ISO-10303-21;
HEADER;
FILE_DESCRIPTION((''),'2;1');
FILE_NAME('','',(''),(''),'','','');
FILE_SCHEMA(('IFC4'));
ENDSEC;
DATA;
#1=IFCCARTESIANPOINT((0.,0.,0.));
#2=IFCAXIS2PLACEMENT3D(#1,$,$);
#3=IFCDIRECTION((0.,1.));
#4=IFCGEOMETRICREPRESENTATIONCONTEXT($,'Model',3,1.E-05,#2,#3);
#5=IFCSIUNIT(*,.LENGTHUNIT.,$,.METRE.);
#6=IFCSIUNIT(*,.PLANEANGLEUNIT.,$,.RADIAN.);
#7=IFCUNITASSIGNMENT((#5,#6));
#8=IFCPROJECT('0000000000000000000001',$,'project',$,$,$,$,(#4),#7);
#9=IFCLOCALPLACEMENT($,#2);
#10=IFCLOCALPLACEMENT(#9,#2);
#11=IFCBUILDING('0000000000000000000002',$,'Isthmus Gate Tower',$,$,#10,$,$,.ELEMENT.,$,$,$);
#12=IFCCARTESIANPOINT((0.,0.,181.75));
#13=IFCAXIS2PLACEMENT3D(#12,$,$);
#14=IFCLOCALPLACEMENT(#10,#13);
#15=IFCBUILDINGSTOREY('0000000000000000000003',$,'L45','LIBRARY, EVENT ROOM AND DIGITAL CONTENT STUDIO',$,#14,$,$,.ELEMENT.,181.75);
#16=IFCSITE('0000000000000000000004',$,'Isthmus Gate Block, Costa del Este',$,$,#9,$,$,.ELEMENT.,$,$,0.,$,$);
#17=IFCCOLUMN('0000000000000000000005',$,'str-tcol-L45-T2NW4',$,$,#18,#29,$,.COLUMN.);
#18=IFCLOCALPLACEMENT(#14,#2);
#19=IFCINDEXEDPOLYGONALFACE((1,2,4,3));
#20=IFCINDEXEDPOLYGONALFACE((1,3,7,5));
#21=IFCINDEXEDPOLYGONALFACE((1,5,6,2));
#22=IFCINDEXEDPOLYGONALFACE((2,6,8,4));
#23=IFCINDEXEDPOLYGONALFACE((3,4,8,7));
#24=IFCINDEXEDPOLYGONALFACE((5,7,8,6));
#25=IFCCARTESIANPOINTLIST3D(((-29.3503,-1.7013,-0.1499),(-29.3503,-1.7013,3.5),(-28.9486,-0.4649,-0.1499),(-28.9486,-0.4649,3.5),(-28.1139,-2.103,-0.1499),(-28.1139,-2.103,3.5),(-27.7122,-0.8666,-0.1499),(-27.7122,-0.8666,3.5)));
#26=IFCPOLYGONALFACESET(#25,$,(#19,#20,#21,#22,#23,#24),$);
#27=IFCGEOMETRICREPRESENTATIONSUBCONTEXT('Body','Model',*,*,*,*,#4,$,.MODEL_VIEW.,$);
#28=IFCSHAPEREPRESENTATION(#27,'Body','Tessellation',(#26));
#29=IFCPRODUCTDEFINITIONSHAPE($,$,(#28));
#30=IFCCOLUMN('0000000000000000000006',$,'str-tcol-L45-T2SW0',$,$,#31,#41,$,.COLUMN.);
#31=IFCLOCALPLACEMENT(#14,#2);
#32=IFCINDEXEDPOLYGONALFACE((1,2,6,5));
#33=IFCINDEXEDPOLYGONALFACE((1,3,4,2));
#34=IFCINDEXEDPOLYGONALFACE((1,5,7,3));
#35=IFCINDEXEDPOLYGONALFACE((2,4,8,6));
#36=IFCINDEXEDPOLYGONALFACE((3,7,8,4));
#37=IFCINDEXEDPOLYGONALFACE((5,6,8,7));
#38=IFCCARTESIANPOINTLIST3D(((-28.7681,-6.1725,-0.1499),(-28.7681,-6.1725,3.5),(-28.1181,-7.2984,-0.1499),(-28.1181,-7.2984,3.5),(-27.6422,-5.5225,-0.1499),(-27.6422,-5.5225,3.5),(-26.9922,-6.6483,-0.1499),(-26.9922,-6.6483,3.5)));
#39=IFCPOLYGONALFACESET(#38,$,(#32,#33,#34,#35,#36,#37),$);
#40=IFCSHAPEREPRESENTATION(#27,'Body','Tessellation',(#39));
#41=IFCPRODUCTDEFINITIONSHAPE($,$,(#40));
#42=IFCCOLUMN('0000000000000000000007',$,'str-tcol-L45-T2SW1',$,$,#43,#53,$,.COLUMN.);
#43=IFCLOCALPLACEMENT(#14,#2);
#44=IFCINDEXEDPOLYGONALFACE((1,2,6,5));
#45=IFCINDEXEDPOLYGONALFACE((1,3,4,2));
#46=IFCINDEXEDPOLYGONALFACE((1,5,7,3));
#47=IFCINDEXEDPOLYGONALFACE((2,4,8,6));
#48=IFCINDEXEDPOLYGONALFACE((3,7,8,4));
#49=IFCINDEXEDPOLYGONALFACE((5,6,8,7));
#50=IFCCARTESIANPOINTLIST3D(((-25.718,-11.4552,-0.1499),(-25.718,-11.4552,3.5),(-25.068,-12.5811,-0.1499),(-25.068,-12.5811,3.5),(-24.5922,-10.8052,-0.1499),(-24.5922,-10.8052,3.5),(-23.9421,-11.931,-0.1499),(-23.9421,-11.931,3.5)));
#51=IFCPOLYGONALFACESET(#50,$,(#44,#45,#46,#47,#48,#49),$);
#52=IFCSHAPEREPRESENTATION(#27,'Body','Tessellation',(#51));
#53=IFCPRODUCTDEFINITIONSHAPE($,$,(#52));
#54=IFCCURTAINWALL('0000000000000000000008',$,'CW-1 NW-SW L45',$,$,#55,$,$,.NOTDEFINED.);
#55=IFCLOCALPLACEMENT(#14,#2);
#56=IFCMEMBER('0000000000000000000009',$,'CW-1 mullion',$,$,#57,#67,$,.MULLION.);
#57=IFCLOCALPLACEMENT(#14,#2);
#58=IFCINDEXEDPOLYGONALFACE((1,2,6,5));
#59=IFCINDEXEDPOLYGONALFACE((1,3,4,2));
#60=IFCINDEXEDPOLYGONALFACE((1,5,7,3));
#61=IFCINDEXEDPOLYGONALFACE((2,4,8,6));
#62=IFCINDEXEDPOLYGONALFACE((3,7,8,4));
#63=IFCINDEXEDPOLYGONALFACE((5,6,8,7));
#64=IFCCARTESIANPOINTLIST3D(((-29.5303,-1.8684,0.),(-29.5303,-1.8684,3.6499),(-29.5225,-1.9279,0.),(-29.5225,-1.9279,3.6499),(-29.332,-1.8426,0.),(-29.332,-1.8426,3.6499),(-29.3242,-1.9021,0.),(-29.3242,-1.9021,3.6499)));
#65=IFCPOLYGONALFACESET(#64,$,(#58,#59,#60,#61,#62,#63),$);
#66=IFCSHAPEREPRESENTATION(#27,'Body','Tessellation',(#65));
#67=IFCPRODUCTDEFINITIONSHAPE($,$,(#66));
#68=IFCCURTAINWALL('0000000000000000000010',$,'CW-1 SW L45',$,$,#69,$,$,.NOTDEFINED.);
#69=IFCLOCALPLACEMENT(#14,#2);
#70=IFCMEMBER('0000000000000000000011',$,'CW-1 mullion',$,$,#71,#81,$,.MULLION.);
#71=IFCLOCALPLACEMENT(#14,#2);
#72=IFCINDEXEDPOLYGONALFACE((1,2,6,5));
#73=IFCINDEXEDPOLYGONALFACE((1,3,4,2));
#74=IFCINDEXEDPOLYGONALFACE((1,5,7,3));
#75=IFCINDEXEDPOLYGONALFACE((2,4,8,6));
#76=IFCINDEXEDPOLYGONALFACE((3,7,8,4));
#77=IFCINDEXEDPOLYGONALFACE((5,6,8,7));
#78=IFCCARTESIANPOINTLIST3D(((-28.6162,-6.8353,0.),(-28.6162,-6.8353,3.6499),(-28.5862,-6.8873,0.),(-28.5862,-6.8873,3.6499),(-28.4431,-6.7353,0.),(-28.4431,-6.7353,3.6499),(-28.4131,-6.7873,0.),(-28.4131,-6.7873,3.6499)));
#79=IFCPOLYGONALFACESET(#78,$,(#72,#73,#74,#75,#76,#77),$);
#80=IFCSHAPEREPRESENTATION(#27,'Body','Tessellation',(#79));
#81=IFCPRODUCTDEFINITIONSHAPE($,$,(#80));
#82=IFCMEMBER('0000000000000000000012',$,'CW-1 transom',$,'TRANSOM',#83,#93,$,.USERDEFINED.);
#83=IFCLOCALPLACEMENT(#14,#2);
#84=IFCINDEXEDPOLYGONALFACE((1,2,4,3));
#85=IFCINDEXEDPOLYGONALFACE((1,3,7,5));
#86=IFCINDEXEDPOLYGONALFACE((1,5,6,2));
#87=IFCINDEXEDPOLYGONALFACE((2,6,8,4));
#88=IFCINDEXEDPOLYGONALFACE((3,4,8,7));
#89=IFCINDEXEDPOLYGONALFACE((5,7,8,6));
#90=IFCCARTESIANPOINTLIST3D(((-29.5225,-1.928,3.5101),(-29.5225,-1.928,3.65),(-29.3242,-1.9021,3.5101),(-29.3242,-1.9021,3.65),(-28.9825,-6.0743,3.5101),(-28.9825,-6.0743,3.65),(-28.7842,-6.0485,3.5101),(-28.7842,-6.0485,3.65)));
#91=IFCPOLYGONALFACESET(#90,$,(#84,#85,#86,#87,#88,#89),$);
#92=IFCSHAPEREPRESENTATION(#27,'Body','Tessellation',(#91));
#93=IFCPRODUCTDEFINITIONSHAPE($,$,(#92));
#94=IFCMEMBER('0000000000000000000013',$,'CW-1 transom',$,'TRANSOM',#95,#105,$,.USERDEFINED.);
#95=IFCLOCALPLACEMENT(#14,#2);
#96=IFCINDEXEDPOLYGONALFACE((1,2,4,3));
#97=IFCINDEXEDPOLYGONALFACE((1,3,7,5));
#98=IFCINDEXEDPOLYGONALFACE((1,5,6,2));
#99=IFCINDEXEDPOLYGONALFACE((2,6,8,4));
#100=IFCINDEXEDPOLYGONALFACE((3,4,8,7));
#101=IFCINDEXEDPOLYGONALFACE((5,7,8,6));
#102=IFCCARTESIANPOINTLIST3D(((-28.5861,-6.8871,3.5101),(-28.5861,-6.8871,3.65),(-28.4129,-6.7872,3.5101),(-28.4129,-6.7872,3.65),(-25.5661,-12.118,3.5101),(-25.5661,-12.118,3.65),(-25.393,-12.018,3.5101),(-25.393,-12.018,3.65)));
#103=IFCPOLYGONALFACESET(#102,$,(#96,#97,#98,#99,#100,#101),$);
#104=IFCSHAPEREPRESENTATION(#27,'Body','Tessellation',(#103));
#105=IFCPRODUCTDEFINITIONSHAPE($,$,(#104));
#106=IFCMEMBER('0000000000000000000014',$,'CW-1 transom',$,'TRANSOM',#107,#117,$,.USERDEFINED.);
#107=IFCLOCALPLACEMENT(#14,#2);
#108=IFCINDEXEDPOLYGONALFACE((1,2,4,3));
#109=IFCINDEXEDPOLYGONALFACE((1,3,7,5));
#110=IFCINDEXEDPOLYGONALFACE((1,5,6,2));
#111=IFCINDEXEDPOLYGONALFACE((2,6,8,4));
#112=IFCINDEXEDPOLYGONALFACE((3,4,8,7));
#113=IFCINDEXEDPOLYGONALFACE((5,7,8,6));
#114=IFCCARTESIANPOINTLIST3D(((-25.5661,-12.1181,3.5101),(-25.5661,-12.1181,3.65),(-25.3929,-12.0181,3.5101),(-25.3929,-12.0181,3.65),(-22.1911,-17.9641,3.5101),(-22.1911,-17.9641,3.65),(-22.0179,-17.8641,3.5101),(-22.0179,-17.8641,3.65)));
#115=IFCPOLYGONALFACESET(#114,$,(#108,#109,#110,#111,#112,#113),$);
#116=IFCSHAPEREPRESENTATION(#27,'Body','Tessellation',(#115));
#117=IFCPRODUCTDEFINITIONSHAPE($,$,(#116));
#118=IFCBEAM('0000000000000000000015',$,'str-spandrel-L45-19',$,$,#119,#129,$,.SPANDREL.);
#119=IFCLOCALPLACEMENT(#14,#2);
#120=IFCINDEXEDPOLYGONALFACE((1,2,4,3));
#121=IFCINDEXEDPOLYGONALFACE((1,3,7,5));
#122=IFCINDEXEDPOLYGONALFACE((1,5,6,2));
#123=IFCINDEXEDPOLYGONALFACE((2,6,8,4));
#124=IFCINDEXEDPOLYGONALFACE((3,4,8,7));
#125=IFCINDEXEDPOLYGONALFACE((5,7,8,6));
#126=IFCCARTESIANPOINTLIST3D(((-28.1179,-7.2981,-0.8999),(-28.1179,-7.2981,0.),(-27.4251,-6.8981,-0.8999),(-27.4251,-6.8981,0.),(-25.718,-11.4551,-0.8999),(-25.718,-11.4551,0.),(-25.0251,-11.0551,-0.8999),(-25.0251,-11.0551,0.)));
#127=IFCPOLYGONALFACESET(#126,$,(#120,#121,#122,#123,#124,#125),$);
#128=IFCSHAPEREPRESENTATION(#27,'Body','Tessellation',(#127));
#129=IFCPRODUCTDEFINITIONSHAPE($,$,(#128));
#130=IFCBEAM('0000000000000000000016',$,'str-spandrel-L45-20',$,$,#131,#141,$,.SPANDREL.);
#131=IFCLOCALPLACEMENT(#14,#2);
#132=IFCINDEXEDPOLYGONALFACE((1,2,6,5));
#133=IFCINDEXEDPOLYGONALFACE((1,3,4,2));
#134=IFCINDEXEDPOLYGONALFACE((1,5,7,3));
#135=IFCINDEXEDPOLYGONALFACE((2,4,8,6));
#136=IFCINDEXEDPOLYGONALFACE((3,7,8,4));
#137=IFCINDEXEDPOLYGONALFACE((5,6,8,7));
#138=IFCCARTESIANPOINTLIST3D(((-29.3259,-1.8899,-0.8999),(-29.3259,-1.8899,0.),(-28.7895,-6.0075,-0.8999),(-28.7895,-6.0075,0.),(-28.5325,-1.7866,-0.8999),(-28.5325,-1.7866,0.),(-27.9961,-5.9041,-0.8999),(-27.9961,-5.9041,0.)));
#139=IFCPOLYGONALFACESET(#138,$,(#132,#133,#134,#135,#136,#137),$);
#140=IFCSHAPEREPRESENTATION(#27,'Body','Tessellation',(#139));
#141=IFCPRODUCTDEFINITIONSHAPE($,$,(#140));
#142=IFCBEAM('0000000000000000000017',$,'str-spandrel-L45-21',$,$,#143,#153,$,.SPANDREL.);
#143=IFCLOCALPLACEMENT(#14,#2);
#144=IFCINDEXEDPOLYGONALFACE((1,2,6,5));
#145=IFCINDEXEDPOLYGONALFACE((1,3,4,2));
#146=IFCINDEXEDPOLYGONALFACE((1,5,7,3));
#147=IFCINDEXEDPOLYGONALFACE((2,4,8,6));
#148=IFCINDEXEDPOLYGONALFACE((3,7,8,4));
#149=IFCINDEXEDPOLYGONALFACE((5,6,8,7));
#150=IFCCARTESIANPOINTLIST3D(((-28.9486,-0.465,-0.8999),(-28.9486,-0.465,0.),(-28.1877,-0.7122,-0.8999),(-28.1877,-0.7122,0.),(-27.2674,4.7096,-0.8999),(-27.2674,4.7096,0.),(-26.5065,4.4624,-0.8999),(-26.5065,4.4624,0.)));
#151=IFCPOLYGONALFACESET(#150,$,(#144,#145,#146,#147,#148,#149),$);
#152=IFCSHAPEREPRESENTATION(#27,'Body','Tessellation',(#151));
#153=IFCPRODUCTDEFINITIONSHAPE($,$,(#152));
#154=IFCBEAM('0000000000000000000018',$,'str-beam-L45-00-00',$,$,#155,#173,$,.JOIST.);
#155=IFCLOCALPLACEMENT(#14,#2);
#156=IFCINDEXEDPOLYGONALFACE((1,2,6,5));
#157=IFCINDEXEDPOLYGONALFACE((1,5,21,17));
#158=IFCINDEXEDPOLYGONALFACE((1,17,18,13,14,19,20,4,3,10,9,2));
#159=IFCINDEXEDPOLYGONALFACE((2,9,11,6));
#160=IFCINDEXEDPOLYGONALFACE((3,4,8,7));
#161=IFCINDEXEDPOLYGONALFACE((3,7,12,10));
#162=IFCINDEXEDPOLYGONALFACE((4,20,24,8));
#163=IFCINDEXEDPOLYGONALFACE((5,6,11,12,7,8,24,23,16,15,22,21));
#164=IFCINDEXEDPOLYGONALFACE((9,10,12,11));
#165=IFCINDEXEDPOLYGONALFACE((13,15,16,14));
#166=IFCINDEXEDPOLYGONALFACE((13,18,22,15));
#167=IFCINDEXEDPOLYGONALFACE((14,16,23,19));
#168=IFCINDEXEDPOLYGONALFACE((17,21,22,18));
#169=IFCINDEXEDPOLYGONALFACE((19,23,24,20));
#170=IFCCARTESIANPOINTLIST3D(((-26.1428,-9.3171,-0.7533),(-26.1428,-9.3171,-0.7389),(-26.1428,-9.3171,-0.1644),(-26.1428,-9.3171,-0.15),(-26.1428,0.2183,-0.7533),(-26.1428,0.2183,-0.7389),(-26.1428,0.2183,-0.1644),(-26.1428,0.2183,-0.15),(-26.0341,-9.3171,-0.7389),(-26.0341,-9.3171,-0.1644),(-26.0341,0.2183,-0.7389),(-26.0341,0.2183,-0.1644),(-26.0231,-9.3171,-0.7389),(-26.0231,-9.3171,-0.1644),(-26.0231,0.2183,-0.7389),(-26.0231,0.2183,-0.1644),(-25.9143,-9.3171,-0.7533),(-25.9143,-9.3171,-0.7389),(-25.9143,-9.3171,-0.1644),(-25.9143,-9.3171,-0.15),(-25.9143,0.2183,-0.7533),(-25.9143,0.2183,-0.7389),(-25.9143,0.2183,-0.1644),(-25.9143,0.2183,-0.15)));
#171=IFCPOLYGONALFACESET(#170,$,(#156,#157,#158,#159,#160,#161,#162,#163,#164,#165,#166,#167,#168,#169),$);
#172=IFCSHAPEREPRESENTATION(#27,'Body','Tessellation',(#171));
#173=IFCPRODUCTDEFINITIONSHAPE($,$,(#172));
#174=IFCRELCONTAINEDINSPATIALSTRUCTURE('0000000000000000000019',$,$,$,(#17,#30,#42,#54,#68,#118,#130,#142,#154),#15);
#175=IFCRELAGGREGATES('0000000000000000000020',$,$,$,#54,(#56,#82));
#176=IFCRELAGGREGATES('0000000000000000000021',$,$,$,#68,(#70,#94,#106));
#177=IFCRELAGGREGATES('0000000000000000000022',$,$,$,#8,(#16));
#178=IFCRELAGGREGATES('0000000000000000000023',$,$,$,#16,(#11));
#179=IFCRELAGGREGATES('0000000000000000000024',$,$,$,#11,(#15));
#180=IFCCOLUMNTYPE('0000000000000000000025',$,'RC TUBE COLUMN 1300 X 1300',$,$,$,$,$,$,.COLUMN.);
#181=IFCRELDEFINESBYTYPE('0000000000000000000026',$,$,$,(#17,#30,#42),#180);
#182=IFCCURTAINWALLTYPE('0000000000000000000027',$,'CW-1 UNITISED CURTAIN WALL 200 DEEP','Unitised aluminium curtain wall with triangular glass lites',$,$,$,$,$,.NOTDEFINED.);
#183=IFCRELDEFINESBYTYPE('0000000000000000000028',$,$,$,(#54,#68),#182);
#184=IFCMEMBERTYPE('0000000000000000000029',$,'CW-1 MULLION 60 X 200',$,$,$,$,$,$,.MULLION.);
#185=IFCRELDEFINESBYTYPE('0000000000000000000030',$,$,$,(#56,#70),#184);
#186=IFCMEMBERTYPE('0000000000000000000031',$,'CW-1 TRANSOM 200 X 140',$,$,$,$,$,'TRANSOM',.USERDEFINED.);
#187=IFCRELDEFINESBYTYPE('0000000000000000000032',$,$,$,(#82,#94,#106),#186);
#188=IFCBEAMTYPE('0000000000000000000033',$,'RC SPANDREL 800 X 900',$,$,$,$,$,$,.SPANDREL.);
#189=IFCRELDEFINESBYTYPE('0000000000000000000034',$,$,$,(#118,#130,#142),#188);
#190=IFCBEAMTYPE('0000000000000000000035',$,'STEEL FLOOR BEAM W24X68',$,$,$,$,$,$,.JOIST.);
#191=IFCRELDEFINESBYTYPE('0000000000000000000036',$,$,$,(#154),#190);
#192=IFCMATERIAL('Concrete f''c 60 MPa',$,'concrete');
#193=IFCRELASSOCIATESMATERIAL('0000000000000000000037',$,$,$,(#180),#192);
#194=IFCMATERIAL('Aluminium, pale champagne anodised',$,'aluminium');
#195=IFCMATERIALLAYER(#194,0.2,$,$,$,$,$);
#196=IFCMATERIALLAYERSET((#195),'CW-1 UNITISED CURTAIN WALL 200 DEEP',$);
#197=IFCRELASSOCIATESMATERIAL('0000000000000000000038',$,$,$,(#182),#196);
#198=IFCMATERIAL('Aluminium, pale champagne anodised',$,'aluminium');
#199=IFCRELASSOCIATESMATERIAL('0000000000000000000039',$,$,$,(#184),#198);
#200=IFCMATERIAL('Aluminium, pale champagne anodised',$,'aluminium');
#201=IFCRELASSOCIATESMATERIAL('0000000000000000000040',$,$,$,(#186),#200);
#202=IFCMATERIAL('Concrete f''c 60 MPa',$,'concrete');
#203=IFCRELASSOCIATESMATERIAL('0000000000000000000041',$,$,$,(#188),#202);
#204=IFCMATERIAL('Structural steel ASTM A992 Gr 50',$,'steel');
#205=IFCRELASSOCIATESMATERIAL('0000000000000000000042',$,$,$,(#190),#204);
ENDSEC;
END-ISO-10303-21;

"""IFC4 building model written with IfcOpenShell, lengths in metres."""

from ifc_helpers import new_model, si_unit, direction, frame, origin, origin_2d, place, context, subcontext, project, spatial, rectangle, i_section, extrude, material, layer, layer_set, material_profile, profile_set, type_object, element, aggregate, save


model = new_model("IFC4")

# Units and contexts
model_context = context("Model", 3, precision=1e-05, world=origin(), true_north=direction((0.0, 1.0)))
body_context = subcontext(model_context, "Body", "Model", "MODEL_VIEW")
ifc_project = project(units=[si_unit("LENGTHUNIT", "METRE"), si_unit("PLANEANGLEUNIT", "RADIAN")], contexts=[model_context])

# Site, building, storey
site_placement = place(None, origin())
site = spatial("IfcSite", under=ifc_project, at=site_placement, Name="Isthmus Gate Block, Costa del Este", CompositionType="ELEMENT", RefElevation=0.0)
building_placement = place(site_placement, origin())
building = spatial("IfcBuilding", under=site, at=building_placement, Name="Isthmus Gate Tower", CompositionType="ELEMENT")
storey_placement = place(building_placement, frame((0.0, 0.0, 181.75)))
storey = spatial("IfcBuildingStorey", under=building, at=storey_placement, Name="L45", Description="LIBRARY, EVENT ROOM AND DIGITAL CONTENT STUDIO", CompositionType="ELEMENT", Elevation=181.75)

# Columns
ifc_material_1 = material(Name="Concrete f'c 60 MPa", Category="concrete")
ifc_material_profile_1 = material_profile(ifc_material_1, rectangle(XDim=1.3, YDim=1.3, at=origin_2d()), Name="RC 1300X1300")
ifc_profile_set_1 = profile_set([ifc_material_profile_1], Name="Concrete f'c 60 MPa")
column_type = type_object("IfcColumnType", Name="RC TUBE COLUMN 1300 X 1300", PredefinedType="COLUMN", material=ifc_profile_set_1)
for number, where, z_axis, x_axis, name in (
    (1, (-28.5312, -1.2839, -0.1499), (0.0, 0.0, 1.0), (-0.309017, -0.951057, 0.0), "str-tcol-L45-T2NW4"),
    (2, (-27.8801, -6.4104, -0.1499), (0.0, 0.0, 1.0), (0.5, -0.866025, 0.0), "str-tcol-L45-T2SW0"),
    (3, (-24.8301, -11.6931, -0.1499), (0.0, 0.0, 1.0), (0.5, -0.866025, 0.0), "str-tcol-L45-T2SW1"),
):
    element("IfcColumn", number, at=place(storey_placement, frame(where, z_axis=z_axis, x_axis=x_axis)), inside=storey, type_object=column_type, Name=name, PredefinedType="COLUMN", context=body_context, shape_type="SweptSolid", body=[
        extrude(rectangle(XDim=1.3, YDim=1.3, at=origin_2d()), origin(), (0.0, 0.0, 1.0), 3.6499),
    ])

# Curtain walls, members
ifc_material_2 = material(Name="Aluminium, pale champagne anodised", Category="aluminium")
ifc_layer_1 = layer(ifc_material_2, 0.2)
ifc_layer_set_1 = layer_set([ifc_layer_1], Name="CW-1 UNITISED CURTAIN WALL 200 DEEP")
curtain_wall_type = type_object("IfcCurtainWallType", Name="CW-1 UNITISED CURTAIN WALL 200 DEEP", Description="Unitised aluminium curtain wall with triangular glass lites", PredefinedType="NOTDEFINED", material=ifc_layer_set_1)
curtain_wall_1_placement = place(storey_placement, origin())
curtain_wall_1 = element("IfcCurtainWall", 4, at=curtain_wall_1_placement, inside=storey, type_object=curtain_wall_type, Name="CW-1 NW-SW L45", PredefinedType="NOTDEFINED")
ifc_material_3 = material(Name="Aluminium, pale champagne anodised", Category="aluminium")
ifc_material_profile_2 = material_profile(ifc_material_3, rectangle(XDim=0.0601, YDim=0.2, at=origin_2d()), Name="60x200")
ifc_profile_set_2 = profile_set([ifc_material_profile_2], Name="Aluminium, pale champagne anodised")
member_type_1 = type_object("IfcMemberType", Name="CW-1 MULLION 60 X 200", PredefinedType="MULLION", material=ifc_profile_set_2)
member_1_placement = place(storey_placement, frame((-29.4272, -1.8853, 0.0), z_axis=(0.0, 0.0, 1.0), x_axis=(0.129165, -0.991623, 0.0)))
member_1 = element("IfcMember", 5, at=member_1_placement, type_object=member_type_1, Name="CW-1 mullion", PredefinedType="MULLION", context=body_context, shape_type="SweptSolid", body=[
    extrude(rectangle(XDim=0.0601, YDim=0.2, at=origin_2d()), origin(), (0.0, 0.0, 1.0), 3.6499),
])
curtain_wall_2_placement = place(storey_placement, origin())
curtain_wall_2 = element("IfcCurtainWall", 6, at=curtain_wall_2_placement, inside=storey, type_object=curtain_wall_type, Name="CW-1 SW L45", PredefinedType="NOTDEFINED")
member_2_placement = place(storey_placement, frame((-28.5146, -6.8113, 0.0), z_axis=(0.0, 0.0, 1.0), x_axis=(0.5, -0.866025, 0.0)))
member_2 = element("IfcMember", 7, at=member_2_placement, type_object=member_type_1, Name="CW-1 mullion", PredefinedType="MULLION", context=body_context, shape_type="SweptSolid", body=[
    extrude(rectangle(XDim=0.0601, YDim=0.2, at=origin_2d()), origin(), (0.0, 0.0, 1.0), 3.6499),
])

# Members
ifc_material_4 = material(Name="Aluminium, pale champagne anodised", Category="aluminium")
ifc_material_profile_3 = material_profile(ifc_material_4, rectangle(XDim=0.2, YDim=0.1399, at=origin_2d()), Name="200x140")
ifc_profile_set_3 = profile_set([ifc_material_profile_3], Name="Aluminium, pale champagne anodised")
member_type_2 = type_object("IfcMemberType", Name="CW-1 TRANSOM 200 X 140", ElementType="TRANSOM", PredefinedType="USERDEFINED", material=ifc_profile_set_3)
member_3_placement = place(storey_placement, frame((-29.4233, -1.915, 3.5801), z_axis=(0.129149, -0.991625, 0.0), x_axis=(0.991625, 0.129149, 0.0)))
member_3 = element("IfcMember", 8, at=member_3_placement, type_object=member_type_2, Name="CW-1 transom", ObjectType="TRANSOM", PredefinedType="USERDEFINED", context=body_context, shape_type="SweptSolid", body=[
    extrude(rectangle(XDim=0.2, YDim=0.1399, at=origin_2d()), origin(), (0.0, 0.0, 1.0), 4.1814),
])
member_4_placement = place(storey_placement, frame((-28.4995, -6.8372, 3.5801), z_axis=(0.499991, -0.866031, 0.0), x_axis=(0.866031, 0.499991, 0.0)))
member_4 = element("IfcMember", 9, at=member_4_placement, type_object=member_type_2, Name="CW-1 transom", ObjectType="TRANSOM", PredefinedType="USERDEFINED", context=body_context, shape_type="SweptSolid", body=[
    extrude(rectangle(XDim=0.2, YDim=0.1399, at=origin_2d()), origin(), (0.0, 0.0, 1.0), 6.04),
])
member_5_placement = place(storey_placement, frame((-25.4795, -12.0681, 3.5801), z_axis=(0.499982, -0.866036, 0.0), x_axis=(0.866036, 0.499982, 0.0)))
member_5 = element("IfcMember", 10, at=member_5_placement, type_object=member_type_2, Name="CW-1 transom", ObjectType="TRANSOM", PredefinedType="USERDEFINED", context=body_context, shape_type="SweptSolid", body=[
    extrude(rectangle(XDim=0.2, YDim=0.1399, at=origin_2d()), origin(), (0.0, 0.0, 1.0), 6.7502),
])

# Beams
ifc_material_5 = material(Name="Concrete f'c 60 MPa", Category="concrete")
ifc_material_profile_4 = material_profile(ifc_material_5, rectangle(XDim=0.8, YDim=0.8999, at=origin_2d()), Name="RC 800X900")
ifc_profile_set_4 = profile_set([ifc_material_profile_4], Name="Concrete f'c 60 MPa")
beam_type_1 = type_object("IfcBeamType", Name="RC SPANDREL 800 X 900", PredefinedType="SPANDREL", material=ifc_profile_set_4)
beam_1_placement = place(storey_placement, frame((-25.3716, -11.2551, -0.45), z_axis=(-0.499979, 0.866037, 0.0), x_axis=(-0.866037, -0.499979, 0.0)))
element("IfcBeam", 11, at=beam_1_placement, inside=storey, type_object=beam_type_1, Name="str-spandrel-L45-19", PredefinedType="SPANDREL", context=body_context, shape_type="SweptSolid", body=[
    extrude(rectangle(XDim=0.8, YDim=0.8999, at=origin_2d()), origin(), (0.0, 0.0, 1.0), 4.8),
])
beam_2_placement = place(storey_placement, frame((-28.3928, -5.9558, -0.45), z_axis=(-0.129171, 0.991622, 0.0), x_axis=(-0.991622, -0.129171, 0.0)))
element("IfcBeam", 12, at=beam_2_placement, inside=storey, type_object=beam_type_1, Name="str-spandrel-L45-20", PredefinedType="SPANDREL", context=body_context, shape_type="SweptSolid", body=[
    extrude(rectangle(XDim=0.8, YDim=0.8999, at=origin_2d()), origin(), (0.0, 0.0, 1.0), 4.1523),
])
beam_3_placement = place(storey_placement, frame((-28.5681, -0.5886, -0.45), z_axis=(0.30899, 0.951065, 0.0), x_axis=(-0.951065, 0.30899, 0.0)))
element("IfcBeam", 13, at=beam_3_placement, inside=storey, type_object=beam_type_1, Name="str-spandrel-L45-21", PredefinedType="SPANDREL", context=body_context, shape_type="SweptSolid", body=[
    extrude(rectangle(XDim=0.8, YDim=0.8999, at=origin_2d()), origin(), (0.0, 0.0, 1.0), 5.4409),
])
ifc_material_6 = material(Name="Structural steel ASTM A992 Gr 50", Category="steel")
ifc_material_profile_5 = material_profile(ifc_material_6, i_section(OverallWidth=0.2285, OverallDepth=0.6033, WebThickness=0.011, FlangeThickness=0.0144, at=origin_2d()), Name="W24X68")
ifc_profile_set_5 = profile_set([ifc_material_profile_5], Name="Structural steel ASTM A992 Gr 50")
beam_type_2 = type_object("IfcBeamType", Name="STEEL FLOOR BEAM W24X68", PredefinedType="JOIST", material=ifc_profile_set_5)
beam_4_placement = place(storey_placement, frame((-26.0286, -9.3171, -0.4517), z_axis=(0.0, 1.0, 0.0), x_axis=(-1.0, 0.0, 0.0)))
element("IfcBeam", 14, at=beam_4_placement, inside=storey, type_object=beam_type_2, Name="str-beam-L45-00-00", PredefinedType="JOIST", context=body_context, shape_type="SweptSolid", body=[
    extrude(i_section(OverallWidth=0.2285, OverallDepth=0.6033, WebThickness=0.011, FlangeThickness=0.0144, at=origin_2d()), origin(), (0.0, 0.0, 1.0), 9.5354),
])

aggregate(curtain_wall_1, [member_1, member_3])
aggregate(curtain_wall_2, [member_2, member_4, member_5])

save(model, "model.ifc")
